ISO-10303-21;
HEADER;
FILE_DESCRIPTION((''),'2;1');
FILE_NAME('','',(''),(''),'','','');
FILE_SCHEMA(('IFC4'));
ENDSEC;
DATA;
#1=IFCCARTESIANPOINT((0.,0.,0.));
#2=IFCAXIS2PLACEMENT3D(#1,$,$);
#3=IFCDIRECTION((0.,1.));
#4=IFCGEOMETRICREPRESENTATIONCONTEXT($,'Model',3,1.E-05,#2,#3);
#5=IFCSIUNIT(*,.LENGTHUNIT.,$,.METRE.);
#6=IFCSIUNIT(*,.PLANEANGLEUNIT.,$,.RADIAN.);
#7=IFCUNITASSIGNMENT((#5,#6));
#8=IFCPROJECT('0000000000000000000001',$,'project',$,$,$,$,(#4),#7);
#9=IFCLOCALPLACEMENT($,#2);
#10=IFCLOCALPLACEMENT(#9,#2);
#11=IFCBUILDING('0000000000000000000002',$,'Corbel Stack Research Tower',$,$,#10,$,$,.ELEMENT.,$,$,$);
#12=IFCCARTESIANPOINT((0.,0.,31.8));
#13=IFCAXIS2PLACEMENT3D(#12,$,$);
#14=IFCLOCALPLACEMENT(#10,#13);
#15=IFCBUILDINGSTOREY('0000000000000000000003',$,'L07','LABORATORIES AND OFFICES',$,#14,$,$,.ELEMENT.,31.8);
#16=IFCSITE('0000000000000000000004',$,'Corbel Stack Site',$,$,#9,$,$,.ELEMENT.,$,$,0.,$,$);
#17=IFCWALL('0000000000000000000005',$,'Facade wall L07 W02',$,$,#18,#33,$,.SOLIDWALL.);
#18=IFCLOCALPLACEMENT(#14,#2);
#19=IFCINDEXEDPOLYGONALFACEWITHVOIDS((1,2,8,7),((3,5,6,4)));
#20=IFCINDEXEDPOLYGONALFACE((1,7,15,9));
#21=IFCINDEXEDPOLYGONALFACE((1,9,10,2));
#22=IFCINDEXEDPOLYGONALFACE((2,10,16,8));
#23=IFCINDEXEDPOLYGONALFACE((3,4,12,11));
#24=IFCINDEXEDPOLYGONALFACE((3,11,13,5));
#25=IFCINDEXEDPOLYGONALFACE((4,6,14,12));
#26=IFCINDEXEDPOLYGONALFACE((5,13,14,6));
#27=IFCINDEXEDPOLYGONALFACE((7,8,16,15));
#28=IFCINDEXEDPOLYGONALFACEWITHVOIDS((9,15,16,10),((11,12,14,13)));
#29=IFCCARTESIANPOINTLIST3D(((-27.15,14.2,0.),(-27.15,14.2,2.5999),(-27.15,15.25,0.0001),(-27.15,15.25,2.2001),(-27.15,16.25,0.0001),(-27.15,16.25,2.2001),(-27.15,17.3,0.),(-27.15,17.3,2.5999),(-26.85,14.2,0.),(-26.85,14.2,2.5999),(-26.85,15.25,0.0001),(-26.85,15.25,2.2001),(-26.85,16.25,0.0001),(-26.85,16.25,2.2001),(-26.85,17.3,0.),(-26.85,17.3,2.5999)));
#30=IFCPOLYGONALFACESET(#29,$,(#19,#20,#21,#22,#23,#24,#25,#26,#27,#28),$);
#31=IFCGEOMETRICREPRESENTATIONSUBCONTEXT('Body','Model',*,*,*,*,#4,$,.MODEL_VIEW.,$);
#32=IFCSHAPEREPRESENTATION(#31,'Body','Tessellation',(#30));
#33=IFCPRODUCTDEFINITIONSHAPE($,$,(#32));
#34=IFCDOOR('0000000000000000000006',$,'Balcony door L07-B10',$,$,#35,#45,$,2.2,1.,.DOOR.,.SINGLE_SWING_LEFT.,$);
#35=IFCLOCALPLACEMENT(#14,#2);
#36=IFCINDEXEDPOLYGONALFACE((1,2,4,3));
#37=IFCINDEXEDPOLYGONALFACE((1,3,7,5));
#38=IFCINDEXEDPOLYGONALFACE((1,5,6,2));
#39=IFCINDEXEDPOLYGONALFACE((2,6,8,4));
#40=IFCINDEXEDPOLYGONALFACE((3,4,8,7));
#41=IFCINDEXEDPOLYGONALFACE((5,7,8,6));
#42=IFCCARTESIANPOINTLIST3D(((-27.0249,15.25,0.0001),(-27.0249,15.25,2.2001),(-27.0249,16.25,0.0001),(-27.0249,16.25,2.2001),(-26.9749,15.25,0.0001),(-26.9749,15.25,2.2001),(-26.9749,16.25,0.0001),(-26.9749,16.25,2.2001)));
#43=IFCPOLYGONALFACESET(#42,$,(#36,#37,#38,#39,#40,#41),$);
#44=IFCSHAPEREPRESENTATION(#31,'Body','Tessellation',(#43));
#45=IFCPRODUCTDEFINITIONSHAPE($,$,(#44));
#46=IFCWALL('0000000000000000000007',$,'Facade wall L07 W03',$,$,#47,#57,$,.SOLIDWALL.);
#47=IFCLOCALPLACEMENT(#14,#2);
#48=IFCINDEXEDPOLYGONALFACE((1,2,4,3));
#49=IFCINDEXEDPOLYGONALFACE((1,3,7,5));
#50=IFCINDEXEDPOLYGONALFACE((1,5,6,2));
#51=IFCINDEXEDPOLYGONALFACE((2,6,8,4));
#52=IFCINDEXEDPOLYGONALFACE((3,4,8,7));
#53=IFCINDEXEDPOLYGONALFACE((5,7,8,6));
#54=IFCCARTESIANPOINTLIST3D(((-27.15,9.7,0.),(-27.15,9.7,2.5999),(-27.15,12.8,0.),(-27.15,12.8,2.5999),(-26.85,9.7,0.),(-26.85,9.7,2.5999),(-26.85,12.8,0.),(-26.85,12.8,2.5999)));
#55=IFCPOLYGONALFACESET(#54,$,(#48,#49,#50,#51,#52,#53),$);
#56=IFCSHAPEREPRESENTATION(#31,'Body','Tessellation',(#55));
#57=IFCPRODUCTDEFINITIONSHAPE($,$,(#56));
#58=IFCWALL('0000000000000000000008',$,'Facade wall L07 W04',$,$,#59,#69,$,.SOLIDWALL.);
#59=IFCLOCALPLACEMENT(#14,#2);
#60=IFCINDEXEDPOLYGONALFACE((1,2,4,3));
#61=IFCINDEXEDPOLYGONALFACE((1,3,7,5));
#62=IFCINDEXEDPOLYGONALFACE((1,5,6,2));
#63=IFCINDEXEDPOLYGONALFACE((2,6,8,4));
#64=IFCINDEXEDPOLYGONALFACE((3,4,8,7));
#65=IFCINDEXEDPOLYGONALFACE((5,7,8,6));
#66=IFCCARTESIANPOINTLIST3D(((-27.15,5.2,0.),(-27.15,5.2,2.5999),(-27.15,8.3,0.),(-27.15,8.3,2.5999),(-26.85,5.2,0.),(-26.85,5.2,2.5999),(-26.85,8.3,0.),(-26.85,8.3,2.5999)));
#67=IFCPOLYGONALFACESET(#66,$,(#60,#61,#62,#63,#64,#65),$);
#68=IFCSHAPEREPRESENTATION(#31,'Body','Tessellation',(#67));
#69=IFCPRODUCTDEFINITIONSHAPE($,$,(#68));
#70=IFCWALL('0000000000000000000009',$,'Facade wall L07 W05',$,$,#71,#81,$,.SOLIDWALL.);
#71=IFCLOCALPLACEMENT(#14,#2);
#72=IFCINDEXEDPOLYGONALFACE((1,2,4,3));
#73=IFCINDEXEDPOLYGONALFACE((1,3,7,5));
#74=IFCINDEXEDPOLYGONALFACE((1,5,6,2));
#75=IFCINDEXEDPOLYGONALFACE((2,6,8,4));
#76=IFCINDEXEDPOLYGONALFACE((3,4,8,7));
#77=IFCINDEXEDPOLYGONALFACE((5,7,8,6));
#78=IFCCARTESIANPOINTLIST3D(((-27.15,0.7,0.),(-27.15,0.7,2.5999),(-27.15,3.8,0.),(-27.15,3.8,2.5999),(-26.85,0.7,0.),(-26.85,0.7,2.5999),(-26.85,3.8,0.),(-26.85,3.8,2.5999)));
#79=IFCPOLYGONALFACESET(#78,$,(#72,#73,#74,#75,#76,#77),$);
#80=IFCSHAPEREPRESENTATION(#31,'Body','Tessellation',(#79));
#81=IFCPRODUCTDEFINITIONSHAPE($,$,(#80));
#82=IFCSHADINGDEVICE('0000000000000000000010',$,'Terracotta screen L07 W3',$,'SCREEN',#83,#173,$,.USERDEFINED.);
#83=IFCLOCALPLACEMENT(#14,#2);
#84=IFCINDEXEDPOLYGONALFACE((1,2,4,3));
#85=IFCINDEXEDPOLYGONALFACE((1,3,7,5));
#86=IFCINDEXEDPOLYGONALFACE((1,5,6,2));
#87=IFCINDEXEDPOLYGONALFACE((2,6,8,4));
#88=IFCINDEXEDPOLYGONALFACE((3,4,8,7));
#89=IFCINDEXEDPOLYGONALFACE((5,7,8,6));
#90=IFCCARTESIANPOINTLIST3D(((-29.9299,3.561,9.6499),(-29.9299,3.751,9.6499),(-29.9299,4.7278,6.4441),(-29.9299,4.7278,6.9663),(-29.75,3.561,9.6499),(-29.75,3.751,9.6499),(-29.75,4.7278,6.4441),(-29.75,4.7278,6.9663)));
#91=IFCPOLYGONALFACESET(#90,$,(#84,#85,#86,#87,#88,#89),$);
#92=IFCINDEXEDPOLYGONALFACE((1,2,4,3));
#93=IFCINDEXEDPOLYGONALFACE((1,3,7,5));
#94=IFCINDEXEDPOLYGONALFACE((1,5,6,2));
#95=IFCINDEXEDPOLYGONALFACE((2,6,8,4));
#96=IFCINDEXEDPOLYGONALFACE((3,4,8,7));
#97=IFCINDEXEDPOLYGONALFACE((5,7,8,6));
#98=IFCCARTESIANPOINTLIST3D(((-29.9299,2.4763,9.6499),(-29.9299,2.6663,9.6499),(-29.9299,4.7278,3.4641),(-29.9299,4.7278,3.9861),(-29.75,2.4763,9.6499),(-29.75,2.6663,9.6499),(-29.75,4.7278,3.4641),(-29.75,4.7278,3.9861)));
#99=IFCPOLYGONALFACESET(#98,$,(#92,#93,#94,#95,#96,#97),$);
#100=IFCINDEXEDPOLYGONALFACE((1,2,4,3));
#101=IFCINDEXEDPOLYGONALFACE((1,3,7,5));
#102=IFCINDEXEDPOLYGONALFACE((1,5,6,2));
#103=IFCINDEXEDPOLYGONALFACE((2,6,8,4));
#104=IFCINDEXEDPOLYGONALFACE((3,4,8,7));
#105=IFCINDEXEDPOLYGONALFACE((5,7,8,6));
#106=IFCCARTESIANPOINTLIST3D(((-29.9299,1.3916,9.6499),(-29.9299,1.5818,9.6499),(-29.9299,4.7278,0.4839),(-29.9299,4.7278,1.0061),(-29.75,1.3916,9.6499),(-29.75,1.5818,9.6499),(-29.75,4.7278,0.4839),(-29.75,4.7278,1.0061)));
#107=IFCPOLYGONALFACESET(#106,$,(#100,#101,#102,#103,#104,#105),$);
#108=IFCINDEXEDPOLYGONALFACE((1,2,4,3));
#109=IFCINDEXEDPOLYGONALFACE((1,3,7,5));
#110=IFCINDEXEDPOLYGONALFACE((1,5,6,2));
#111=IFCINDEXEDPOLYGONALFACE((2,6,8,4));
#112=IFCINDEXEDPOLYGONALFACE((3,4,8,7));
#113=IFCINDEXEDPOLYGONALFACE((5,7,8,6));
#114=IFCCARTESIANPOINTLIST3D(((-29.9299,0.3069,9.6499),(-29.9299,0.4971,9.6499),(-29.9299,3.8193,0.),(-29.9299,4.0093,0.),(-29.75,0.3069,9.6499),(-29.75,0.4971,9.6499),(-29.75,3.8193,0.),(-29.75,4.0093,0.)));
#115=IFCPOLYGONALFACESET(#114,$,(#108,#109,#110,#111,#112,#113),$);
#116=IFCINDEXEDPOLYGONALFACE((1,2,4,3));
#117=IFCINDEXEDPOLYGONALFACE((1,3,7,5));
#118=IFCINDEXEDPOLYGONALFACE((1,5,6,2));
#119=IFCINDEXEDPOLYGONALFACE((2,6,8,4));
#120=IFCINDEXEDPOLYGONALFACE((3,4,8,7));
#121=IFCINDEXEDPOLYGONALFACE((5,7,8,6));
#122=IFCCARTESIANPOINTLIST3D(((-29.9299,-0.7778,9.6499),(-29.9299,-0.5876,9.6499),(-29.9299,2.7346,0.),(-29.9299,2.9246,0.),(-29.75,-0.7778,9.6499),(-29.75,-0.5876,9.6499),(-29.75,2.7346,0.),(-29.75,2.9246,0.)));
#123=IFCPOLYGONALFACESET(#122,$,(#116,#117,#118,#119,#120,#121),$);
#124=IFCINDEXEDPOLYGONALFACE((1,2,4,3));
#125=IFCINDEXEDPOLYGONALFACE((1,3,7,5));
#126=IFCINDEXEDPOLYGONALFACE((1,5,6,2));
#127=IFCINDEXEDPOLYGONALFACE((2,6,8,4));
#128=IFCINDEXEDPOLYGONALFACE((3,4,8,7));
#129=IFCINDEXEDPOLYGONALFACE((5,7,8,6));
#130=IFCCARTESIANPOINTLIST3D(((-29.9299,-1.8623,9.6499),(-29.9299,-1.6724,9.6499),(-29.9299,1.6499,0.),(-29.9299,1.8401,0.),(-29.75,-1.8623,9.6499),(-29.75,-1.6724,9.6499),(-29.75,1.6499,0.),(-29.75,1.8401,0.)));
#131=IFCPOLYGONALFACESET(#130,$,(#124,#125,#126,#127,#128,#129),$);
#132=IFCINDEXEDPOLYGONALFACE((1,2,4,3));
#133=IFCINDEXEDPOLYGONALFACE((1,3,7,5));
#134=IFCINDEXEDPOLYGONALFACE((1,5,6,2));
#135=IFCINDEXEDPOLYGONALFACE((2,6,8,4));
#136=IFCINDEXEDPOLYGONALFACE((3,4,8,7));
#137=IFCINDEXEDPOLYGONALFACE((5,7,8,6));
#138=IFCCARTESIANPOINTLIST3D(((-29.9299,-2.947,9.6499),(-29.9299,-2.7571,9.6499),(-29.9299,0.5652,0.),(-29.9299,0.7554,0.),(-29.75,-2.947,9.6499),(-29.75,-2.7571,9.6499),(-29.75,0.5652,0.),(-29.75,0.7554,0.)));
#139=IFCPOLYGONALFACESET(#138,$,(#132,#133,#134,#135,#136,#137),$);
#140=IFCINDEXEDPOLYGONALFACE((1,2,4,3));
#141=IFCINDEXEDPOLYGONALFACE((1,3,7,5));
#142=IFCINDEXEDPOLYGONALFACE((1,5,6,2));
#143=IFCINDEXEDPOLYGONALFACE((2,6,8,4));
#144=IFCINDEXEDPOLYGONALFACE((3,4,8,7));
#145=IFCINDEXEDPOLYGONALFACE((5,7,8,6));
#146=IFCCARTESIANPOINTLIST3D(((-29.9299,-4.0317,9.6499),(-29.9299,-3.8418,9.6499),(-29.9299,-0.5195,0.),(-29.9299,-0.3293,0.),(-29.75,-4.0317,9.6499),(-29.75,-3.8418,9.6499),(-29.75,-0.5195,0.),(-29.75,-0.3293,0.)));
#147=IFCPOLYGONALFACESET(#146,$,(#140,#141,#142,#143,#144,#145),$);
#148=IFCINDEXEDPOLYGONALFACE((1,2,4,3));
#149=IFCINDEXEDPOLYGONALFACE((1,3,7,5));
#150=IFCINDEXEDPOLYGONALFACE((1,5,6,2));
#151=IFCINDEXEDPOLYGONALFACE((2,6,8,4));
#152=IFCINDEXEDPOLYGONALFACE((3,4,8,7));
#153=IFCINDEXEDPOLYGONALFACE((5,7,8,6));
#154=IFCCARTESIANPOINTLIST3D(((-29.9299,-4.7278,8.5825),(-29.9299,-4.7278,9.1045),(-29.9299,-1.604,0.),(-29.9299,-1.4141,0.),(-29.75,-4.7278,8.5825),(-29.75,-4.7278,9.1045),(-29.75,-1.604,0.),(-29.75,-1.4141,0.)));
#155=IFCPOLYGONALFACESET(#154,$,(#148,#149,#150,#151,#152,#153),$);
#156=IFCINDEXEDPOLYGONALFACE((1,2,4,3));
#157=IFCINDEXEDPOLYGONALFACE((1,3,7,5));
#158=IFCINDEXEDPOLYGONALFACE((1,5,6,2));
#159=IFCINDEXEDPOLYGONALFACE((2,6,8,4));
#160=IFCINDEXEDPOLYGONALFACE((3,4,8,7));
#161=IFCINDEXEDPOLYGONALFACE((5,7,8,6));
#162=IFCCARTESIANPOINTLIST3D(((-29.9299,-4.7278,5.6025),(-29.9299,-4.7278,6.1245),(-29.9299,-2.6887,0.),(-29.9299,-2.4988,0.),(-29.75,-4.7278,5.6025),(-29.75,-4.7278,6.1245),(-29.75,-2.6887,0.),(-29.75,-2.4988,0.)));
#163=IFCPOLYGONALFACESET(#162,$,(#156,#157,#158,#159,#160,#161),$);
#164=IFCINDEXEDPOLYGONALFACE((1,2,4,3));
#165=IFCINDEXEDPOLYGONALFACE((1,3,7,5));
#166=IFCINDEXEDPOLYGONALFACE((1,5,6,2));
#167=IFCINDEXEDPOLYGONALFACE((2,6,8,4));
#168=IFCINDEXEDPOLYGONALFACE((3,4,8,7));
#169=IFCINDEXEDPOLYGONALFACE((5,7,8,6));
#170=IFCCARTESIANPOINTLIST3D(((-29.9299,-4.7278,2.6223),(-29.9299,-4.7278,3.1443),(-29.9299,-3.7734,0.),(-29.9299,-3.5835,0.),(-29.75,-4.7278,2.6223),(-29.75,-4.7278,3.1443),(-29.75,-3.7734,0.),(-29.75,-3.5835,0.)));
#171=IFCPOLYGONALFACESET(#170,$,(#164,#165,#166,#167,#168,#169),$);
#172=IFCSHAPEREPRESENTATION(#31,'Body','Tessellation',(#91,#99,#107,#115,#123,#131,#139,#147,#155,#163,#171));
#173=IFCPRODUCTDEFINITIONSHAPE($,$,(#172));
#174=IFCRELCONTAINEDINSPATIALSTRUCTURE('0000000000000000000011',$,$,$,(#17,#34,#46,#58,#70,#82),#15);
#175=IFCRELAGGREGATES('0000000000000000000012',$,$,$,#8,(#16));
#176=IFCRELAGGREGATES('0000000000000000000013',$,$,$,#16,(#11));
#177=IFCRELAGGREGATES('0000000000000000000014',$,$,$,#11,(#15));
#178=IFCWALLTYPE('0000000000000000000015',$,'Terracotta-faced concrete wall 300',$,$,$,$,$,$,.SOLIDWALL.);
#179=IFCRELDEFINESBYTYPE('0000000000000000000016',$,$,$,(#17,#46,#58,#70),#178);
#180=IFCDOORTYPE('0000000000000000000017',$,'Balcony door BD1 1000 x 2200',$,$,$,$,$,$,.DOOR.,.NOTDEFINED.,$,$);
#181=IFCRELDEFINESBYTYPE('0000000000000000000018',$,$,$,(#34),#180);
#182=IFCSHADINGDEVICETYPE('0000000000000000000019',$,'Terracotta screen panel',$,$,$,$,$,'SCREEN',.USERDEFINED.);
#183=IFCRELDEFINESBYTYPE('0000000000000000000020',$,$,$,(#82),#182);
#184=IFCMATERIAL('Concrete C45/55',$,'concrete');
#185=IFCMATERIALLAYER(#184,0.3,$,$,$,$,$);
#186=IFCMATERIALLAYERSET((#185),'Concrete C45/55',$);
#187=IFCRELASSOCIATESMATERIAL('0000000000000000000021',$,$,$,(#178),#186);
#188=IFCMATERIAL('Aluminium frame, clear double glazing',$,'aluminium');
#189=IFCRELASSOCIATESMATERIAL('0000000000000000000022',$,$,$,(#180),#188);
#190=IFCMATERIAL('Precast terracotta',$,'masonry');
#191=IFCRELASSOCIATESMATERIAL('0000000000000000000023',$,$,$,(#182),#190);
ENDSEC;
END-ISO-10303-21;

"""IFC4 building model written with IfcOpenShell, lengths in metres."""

from ifc_helpers import new_model, si_unit, direction, frame, frame_2d, origin, place, context, subcontext, project, spatial, polyline, rectangle, outline, extrude, source, transform, mapped, material, layer, layer_set, type_object, element, fill, save


model = new_model("IFC4")

# Units and contexts
model_context = context("Model", 3, precision=1e-05, world=origin(), true_north=direction((0.0, 1.0)))
body_context = subcontext(model_context, "Body", "Model", "MODEL_VIEW")
ifc_project = project(units=[si_unit("LENGTHUNIT", "METRE"), si_unit("PLANEANGLEUNIT", "RADIAN")], contexts=[model_context])

# Site, building, storey
site_placement = place(None, origin())
site = spatial("IfcSite", under=ifc_project, at=site_placement, Name="Corbel Stack Site", CompositionType="ELEMENT", RefElevation=0.0)
building_placement = place(site_placement, origin())
building = spatial("IfcBuilding", under=site, at=building_placement, Name="Corbel Stack Research Tower", CompositionType="ELEMENT")
storey_placement = place(building_placement, frame((0.0, 0.0, 31.8)))
storey = spatial("IfcBuildingStorey", under=building, at=storey_placement, Name="L07", Description="LABORATORIES AND OFFICES", CompositionType="ELEMENT", Elevation=31.8)

# Shared definitions
ifc_material_1 = material(Name="Concrete C45/55", Category="concrete")
ifc_layer_1 = layer(ifc_material_1, 0.3)
ifc_layer_set_1 = layer_set([ifc_layer_1], Name="Concrete C45/55")
wall_type_1 = type_object("IfcWallType", Name="Terracotta-faced concrete wall 300", PredefinedType="SOLIDWALL", material=ifc_layer_set_1)

# Wall, opening, door
wall_1_placement = place(storey_placement, frame((-27.0, 14.2, 0.0), z_axis=(0.0, 0.0, 1.0), x_axis=(0.0, 1.0, 0.0)))
wall_1 = element("IfcWall", 1, at=wall_1_placement, inside=storey, type_object=wall_type_1, Name="Facade wall L07 W02", PredefinedType="SOLIDWALL", context=body_context, shape_type="SweptSolid", body=[
    extrude(rectangle(XDim=3.1001, YDim=0.3, at=frame_2d((1.55, 0.0))), origin(), (0.0, 0.0, 1.0), 2.5999),
])
opening_placement = place(wall_1_placement, frame((1.05, 0.0, 0.0)))
opening = element("IfcOpeningElement", 2, at=opening_placement, cuts=wall_1, PredefinedType="OPENING", context=body_context, shape_type="SweptSolid", body=[
    extrude(rectangle(XDim=1.0, YDim=2.2, at=frame_2d((0.5, 1.1001))), frame((0.0, 0.1599, 0.0), z_axis=(0.0, -1.0, 0.0), x_axis=(1.0, 0.0, 0.0)), (0.0, 0.0, 1.0), 0.3201),
])
ifc_material_2 = material(Name="Aluminium frame, clear double glazing", Category="aluminium")
door_type = type_object("IfcDoorType", Name="Balcony door BD1 1000 x 2200", OperationType="NOTDEFINED", PredefinedType="DOOR", material=ifc_material_2)
door_placement = place(opening_placement, origin())
door = element("IfcDoor", 3, at=door_placement, inside=storey, type_object=door_type, Name="Balcony door L07-B10", OperationType="SINGLE_SWING_LEFT", OverallHeight=2.2, OverallWidth=1.0, PredefinedType="DOOR", context=body_context, shape_type="SweptSolid", body=[
    extrude(rectangle(XDim=1.0, YDim=2.2, at=frame_2d((0.5, 1.1001))), frame((0.0, 0.0249, 0.0), z_axis=(0.0, -1.0, 0.0), x_axis=(1.0, 0.0, 0.0)), (0.0, 0.0, 1.0), 0.05),
])
fill(opening, door)

# Walls
for number, where, z_axis, x_axis, name in (
    (4, (-27.0, 9.7, 0.0), (0.0, 0.0, 1.0), (0.0, 1.0, 0.0), "Facade wall L07 W03"),
    (5, (-27.0, 5.2, 0.0), (0.0, 0.0, 1.0), (0.0, 1.0, 0.0), "Facade wall L07 W04"),
    (6, (-27.0, 0.7, 0.0), (0.0, 0.0, 1.0), (0.0, 1.0, 0.0), "Facade wall L07 W05"),
):
    element("IfcWall", number, at=place(storey_placement, frame(where, z_axis=z_axis, x_axis=x_axis)), inside=storey, type_object=wall_type_1, Name=name, PredefinedType="SOLIDWALL", context=body_context, shape_type="SweptSolid", body=[
        extrude(rectangle(XDim=3.1001, YDim=0.3, at=frame_2d((1.55, 0.0))), origin(), (0.0, 0.0, 1.0), 2.5999),
    ])

# Shading device
ifc_material_3 = material(Name="Precast terracotta", Category="masonry")
shading_device_type = type_object("IfcShadingDeviceType", Name="Terracotta screen panel", ElementType="SCREEN", PredefinedType="USERDEFINED", material=ifc_material_3)
shared_shape_1 = source(origin(), body_context, "Body", "SweptSolid", [
    extrude(outline(polyline([(1.1667, 9.6499), (0.9768, 9.6499), (0.0, 6.9663), (0.0, 6.4441), (1.1667, 9.6499)])), frame((0.0, 0.0, 0.0), z_axis=(0.0, -1.0, 0.0), x_axis=(1.0, 0.0, 0.0)), (0.0, 0.0, 1.0), 0.1799),
    extrude(outline(polyline([(2.2515, 9.6499), (2.0615, 9.6499), (0.0, 3.9861), (0.0, 3.4641), (2.2515, 9.6499)])), frame((0.0, 0.0, 0.0), z_axis=(0.0, -1.0, 0.0), x_axis=(1.0, 0.0, 0.0)), (0.0, 0.0, 1.0), 0.1799),
    extrude(outline(polyline([(3.3362, 9.6499), (3.146, 9.6499), (0.0, 1.0061), (0.0, 0.4839), (3.3362, 9.6499)])), frame((0.0, 0.0, 0.0), z_axis=(0.0, -1.0, 0.0), x_axis=(1.0, 0.0, 0.0)), (0.0, 0.0, 1.0), 0.1799),
    extrude(outline(polyline([(0.9084, 0.0), (4.4209, 9.6499), (4.2307, 9.6499), (0.7185, 0.0), (0.9084, 0.0)])), frame((0.0, 0.0, 0.0), z_axis=(0.0, -1.0, 0.0), x_axis=(1.0, 0.0, 0.0)), (0.0, 0.0, 1.0), 0.1799),
    extrude(outline(polyline([(1.9932, 0.0), (5.5056, 9.6499), (5.3154, 9.6499), (1.8032, 0.0), (1.9932, 0.0)])), frame((0.0, 0.0, 0.0), z_axis=(0.0, -1.0, 0.0), x_axis=(1.0, 0.0, 0.0)), (0.0, 0.0, 1.0), 0.1799),
    extrude(outline(polyline([(3.0779, 0.0), (6.5901, 9.6499), (6.4001, 9.6499), (2.8877, 0.0), (3.0779, 0.0)])), frame((0.0, 0.0, 0.0), z_axis=(0.0, -1.0, 0.0), x_axis=(1.0, 0.0, 0.0)), (0.0, 0.0, 1.0), 0.1799),
    extrude(outline(polyline([(4.1626, 0.0), (7.6748, 9.6499), (7.4849, 9.6499), (3.9724, 0.0), (4.1626, 0.0)])), frame((0.0, 0.0, 0.0), z_axis=(0.0, -1.0, 0.0), x_axis=(1.0, 0.0, 0.0)), (0.0, 0.0, 1.0), 0.1799),
    extrude(outline(polyline([(5.2473, 0.0), (8.7595, 9.6499), (8.5696, 9.6499), (5.0571, 0.0), (5.2473, 0.0)])), frame((0.0, 0.0, 0.0), z_axis=(0.0, -1.0, 0.0), x_axis=(1.0, 0.0, 0.0)), (0.0, 0.0, 1.0), 0.1799),
    extrude(outline(polyline([(6.3318, 0.0), (9.4556, 8.5825), (9.4556, 9.1045), (6.1418, 0.0), (6.3318, 0.0)])), frame((0.0, 0.0, 0.0), z_axis=(0.0, -1.0, 0.0), x_axis=(1.0, 0.0, 0.0)), (0.0, 0.0, 1.0), 0.1799),
    extrude(outline(polyline([(7.4165, 0.0), (9.4556, 5.6025), (9.4556, 6.1245), (7.2266, 0.0), (7.4165, 0.0)])), frame((0.0, 0.0, 0.0), z_axis=(0.0, -1.0, 0.0), x_axis=(1.0, 0.0, 0.0)), (0.0, 0.0, 1.0), 0.1799),
    extrude(outline(polyline([(8.5012, 0.0), (9.4556, 2.6223), (9.4556, 3.1443), (8.3113, 0.0), (8.5012, 0.0)])), frame((0.0, 0.0, 0.0), z_axis=(0.0, -1.0, 0.0), x_axis=(1.0, 0.0, 0.0)), (0.0, 0.0, 1.0), 0.1799),
])
shading_device_1_placement = place(storey_placement, frame((-29.75, 4.7278, 0.0), z_axis=(0.0, 0.0, 1.0), x_axis=(0.0, -1.0, 0.0)))
element("IfcShadingDevice", 7, at=shading_device_1_placement, inside=storey, type_object=shading_device_type, Name="Terracotta screen L07 W3", ObjectType="SCREEN", PredefinedType="USERDEFINED", context=body_context, shape_type="MappedRepresentation", body=[
    mapped(shared_shape_1, transform((0.0, 0.0, 0.0))),
])

save(model, "model.ifc")
